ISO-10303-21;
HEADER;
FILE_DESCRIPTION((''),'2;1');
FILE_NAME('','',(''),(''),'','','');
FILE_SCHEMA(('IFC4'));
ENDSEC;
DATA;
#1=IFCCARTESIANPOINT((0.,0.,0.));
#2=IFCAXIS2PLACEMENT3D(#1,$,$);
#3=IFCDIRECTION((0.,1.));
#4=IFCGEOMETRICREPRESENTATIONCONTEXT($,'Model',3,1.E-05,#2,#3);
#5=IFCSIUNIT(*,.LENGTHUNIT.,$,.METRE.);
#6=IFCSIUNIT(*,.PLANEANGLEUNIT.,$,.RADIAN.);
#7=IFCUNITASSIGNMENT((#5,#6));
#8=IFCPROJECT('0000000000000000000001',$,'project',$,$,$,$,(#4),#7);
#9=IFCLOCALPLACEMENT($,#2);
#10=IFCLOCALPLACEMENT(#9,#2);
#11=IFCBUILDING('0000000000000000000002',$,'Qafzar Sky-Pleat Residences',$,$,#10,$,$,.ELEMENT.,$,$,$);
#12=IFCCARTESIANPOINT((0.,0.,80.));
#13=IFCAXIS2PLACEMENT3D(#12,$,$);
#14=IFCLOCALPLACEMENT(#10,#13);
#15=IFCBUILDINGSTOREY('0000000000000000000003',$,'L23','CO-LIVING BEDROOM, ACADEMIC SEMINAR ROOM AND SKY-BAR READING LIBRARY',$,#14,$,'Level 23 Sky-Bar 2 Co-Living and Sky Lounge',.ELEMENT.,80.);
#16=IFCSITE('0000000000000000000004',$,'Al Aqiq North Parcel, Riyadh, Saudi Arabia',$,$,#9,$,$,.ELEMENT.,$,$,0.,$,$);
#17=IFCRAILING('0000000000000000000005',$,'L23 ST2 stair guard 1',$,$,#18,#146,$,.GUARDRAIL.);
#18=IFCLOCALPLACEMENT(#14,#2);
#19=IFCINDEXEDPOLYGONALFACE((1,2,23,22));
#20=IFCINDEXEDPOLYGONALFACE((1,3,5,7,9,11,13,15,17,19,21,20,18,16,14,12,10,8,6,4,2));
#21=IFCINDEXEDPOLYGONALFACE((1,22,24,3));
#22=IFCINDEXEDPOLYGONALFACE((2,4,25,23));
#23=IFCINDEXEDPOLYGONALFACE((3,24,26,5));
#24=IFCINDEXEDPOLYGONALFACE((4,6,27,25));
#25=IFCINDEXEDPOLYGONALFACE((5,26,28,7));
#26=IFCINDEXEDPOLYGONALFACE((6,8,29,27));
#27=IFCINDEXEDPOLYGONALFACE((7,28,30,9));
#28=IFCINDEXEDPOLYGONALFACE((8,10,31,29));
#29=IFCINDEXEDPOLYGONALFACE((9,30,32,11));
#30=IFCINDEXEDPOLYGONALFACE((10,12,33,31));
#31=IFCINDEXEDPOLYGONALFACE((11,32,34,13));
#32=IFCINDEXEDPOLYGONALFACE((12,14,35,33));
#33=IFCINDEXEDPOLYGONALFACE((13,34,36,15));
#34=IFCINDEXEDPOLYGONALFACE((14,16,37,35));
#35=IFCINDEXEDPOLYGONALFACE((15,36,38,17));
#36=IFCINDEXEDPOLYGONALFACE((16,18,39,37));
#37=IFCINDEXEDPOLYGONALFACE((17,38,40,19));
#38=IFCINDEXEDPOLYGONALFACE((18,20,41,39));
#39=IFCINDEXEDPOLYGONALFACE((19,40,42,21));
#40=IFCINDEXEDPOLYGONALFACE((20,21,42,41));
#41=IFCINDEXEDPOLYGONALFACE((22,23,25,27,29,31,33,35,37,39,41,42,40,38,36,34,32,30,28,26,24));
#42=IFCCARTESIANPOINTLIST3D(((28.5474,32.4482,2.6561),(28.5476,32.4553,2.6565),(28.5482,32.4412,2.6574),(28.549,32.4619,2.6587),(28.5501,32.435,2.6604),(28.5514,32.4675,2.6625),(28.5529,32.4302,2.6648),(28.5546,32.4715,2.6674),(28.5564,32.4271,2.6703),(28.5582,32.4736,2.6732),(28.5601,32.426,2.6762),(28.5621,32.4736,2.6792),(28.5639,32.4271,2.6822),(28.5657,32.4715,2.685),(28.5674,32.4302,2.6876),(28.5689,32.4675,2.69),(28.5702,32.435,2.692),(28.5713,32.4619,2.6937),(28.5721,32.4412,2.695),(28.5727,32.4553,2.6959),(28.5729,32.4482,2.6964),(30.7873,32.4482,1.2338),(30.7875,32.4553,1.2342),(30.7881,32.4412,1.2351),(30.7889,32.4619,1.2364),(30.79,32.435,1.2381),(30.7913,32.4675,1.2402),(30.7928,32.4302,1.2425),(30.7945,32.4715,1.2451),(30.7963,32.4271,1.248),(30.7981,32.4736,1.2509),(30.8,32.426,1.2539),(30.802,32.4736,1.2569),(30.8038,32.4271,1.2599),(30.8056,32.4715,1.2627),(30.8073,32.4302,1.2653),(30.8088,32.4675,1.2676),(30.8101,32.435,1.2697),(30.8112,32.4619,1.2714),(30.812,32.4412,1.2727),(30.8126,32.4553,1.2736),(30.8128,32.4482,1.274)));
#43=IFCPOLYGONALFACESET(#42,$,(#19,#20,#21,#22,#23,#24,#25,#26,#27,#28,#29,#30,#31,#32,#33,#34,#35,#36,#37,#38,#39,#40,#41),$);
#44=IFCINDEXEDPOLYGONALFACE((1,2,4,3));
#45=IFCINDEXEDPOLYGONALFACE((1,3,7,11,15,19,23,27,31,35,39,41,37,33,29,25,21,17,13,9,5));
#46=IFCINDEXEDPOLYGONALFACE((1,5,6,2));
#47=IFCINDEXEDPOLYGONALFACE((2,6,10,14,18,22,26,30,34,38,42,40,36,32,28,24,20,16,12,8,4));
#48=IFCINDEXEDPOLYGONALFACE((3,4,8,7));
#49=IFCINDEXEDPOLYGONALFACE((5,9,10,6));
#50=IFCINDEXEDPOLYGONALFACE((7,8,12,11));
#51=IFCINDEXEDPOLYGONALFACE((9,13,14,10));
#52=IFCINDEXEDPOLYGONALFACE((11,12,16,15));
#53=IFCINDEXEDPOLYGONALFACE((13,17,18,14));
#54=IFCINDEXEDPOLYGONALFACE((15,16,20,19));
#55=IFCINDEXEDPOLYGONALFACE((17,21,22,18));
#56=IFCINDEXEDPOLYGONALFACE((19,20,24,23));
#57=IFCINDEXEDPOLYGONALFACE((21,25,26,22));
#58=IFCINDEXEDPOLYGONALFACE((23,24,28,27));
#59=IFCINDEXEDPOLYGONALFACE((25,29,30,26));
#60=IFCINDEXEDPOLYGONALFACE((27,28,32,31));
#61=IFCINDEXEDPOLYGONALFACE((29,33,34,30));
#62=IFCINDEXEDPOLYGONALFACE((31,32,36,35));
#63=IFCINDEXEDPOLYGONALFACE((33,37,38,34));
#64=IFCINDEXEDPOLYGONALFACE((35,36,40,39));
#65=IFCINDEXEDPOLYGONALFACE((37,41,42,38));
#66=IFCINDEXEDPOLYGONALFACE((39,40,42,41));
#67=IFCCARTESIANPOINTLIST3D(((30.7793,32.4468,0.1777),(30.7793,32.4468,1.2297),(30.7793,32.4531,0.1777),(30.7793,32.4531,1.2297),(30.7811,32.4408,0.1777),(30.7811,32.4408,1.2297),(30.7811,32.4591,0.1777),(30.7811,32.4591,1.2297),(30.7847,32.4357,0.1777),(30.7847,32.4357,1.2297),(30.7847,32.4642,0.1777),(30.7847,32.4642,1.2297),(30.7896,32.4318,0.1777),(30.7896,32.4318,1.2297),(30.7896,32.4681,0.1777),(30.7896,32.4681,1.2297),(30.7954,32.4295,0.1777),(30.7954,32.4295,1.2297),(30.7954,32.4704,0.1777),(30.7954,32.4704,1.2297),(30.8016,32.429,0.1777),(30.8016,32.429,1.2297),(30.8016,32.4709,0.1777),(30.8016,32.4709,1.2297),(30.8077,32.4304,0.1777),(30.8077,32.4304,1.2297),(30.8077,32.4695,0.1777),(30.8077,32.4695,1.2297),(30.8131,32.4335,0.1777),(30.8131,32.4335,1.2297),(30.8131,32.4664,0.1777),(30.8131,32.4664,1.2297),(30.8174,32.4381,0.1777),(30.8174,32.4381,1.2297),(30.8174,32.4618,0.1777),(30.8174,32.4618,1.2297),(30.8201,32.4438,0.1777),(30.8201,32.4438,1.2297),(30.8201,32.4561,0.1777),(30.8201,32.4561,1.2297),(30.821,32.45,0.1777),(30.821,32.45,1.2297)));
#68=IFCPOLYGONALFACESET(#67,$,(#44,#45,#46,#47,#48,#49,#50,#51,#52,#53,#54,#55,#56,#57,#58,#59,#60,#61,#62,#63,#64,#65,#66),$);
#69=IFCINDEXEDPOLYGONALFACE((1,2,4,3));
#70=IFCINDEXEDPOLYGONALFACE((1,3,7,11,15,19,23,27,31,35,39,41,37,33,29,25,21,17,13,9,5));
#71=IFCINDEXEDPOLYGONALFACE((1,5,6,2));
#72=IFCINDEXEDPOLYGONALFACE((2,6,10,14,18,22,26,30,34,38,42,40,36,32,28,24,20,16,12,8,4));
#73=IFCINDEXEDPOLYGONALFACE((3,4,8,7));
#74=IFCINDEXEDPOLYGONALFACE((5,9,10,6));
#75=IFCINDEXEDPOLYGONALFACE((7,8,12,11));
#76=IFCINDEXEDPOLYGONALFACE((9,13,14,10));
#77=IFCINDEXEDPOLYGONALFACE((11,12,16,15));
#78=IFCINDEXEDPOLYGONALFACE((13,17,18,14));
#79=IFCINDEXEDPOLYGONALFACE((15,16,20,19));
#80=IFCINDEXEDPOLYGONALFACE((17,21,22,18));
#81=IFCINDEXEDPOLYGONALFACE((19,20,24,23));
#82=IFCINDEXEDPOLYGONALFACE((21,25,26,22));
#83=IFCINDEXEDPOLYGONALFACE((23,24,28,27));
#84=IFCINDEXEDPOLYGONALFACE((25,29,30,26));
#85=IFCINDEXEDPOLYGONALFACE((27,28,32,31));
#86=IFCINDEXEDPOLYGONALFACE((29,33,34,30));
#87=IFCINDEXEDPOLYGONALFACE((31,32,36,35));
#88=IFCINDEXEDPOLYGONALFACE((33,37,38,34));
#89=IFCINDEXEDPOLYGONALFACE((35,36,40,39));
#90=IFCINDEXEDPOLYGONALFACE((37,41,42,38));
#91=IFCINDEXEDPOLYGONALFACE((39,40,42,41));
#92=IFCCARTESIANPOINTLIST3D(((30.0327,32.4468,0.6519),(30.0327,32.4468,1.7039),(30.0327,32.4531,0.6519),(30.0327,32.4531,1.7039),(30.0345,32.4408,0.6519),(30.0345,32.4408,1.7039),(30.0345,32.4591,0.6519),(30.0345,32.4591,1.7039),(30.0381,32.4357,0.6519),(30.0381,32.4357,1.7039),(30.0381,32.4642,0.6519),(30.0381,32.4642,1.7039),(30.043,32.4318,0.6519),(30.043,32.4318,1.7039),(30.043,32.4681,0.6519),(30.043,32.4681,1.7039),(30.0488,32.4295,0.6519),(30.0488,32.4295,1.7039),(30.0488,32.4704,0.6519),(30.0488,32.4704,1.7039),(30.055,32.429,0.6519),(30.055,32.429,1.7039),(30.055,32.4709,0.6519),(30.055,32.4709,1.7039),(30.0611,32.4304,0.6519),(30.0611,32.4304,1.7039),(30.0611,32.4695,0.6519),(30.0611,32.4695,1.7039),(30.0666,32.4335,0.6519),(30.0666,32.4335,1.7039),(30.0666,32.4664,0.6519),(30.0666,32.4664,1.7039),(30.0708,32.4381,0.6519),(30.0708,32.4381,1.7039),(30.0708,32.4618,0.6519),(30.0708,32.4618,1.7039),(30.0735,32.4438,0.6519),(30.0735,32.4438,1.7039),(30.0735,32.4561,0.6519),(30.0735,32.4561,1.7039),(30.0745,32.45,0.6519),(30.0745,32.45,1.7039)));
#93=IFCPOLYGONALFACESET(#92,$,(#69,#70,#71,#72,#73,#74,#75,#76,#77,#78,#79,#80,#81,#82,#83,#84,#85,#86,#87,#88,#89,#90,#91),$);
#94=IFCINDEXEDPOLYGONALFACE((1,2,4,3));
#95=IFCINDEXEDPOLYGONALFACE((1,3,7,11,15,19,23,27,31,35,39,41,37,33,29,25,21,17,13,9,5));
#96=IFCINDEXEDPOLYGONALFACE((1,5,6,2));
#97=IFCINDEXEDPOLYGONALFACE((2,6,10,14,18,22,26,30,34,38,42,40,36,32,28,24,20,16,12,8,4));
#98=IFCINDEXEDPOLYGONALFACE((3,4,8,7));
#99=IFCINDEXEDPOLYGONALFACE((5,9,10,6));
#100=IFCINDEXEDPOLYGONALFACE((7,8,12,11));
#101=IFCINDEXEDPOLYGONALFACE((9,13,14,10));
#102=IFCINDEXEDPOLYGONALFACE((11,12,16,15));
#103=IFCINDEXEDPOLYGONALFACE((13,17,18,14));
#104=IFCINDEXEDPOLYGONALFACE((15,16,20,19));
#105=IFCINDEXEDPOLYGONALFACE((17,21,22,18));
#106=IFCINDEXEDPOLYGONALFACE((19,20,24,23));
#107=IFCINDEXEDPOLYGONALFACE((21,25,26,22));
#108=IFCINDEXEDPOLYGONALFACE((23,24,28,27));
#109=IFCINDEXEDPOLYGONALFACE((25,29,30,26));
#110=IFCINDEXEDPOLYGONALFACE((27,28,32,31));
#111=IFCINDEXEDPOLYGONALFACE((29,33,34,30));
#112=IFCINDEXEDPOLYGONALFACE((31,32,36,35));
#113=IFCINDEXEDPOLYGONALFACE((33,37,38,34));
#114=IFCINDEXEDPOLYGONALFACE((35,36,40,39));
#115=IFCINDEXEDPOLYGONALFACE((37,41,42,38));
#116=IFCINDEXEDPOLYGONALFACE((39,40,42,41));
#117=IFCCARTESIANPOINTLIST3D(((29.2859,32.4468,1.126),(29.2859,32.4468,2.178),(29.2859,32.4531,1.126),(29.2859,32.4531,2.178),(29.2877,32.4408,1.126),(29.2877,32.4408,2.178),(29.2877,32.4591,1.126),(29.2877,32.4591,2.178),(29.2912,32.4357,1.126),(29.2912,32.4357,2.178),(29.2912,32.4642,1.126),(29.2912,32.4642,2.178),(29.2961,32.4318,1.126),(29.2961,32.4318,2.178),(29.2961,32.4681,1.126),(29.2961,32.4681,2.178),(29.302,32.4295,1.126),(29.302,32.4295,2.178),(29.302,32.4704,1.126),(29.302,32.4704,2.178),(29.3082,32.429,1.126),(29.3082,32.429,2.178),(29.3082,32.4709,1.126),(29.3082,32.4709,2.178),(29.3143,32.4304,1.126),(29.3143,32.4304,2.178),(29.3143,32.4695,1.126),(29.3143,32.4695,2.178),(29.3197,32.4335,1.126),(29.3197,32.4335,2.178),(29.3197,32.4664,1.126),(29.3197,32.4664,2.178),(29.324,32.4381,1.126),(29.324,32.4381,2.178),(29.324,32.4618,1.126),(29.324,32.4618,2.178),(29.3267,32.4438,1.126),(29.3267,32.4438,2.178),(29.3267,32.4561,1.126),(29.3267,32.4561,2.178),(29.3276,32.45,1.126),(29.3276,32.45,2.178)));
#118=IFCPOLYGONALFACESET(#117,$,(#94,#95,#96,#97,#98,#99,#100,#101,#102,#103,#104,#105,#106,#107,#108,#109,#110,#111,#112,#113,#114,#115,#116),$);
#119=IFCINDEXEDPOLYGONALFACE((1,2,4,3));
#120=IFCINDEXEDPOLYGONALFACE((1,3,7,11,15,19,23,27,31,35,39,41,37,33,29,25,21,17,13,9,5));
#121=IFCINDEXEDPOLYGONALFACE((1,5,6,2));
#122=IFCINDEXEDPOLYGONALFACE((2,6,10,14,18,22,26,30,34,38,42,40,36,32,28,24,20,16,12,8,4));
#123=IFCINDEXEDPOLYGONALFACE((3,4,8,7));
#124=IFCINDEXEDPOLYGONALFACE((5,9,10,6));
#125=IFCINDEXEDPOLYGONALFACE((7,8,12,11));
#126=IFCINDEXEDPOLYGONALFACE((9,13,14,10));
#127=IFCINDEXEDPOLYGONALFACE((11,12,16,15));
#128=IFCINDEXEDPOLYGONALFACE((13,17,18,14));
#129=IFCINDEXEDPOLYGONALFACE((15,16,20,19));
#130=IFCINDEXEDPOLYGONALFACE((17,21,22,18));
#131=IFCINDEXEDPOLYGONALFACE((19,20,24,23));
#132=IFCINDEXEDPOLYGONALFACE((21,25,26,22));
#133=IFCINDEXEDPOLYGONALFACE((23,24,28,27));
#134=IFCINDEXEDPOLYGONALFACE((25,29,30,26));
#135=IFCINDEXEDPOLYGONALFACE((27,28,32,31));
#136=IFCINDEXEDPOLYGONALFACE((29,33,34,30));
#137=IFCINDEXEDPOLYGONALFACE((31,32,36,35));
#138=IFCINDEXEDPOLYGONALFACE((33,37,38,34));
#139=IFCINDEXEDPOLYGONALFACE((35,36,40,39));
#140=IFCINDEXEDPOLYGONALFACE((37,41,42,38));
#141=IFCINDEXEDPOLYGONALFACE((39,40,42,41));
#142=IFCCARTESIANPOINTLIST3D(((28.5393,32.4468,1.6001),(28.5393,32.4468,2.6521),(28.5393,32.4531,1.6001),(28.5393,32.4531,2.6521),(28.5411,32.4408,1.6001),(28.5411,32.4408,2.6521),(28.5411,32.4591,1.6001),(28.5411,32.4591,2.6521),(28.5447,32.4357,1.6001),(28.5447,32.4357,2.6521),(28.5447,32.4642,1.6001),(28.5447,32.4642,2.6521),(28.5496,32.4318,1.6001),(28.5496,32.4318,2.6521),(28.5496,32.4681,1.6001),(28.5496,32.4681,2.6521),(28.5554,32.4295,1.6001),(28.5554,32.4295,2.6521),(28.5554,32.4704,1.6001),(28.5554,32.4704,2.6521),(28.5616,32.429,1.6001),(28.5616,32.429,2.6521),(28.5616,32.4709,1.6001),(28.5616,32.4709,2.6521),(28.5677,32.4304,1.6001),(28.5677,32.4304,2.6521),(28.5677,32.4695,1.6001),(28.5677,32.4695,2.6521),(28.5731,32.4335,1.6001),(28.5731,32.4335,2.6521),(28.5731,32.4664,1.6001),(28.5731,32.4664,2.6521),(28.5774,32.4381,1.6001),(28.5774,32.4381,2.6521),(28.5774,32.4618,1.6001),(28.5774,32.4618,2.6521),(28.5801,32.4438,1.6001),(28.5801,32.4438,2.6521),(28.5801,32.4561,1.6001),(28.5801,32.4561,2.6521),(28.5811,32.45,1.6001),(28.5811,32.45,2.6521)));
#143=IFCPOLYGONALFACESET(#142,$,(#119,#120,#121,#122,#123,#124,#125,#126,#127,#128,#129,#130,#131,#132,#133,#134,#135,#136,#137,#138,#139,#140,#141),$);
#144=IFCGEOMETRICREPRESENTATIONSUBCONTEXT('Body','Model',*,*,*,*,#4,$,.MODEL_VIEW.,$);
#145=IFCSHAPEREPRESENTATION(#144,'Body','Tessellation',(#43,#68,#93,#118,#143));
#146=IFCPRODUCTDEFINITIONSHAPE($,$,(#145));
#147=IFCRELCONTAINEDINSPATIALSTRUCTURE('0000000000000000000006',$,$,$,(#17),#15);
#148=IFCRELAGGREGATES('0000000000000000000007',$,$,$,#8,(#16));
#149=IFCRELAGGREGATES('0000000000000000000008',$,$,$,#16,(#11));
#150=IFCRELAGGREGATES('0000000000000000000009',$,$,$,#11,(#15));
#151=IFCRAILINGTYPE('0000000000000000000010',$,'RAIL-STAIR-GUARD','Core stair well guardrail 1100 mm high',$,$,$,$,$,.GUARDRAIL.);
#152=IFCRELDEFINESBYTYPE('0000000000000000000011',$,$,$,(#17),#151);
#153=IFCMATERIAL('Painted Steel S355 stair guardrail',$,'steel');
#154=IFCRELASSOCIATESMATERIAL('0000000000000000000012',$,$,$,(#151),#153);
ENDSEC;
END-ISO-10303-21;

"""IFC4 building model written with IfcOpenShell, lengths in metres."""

from ifc_helpers import new_model, si_unit, direction, frame, origin, origin_2d, place, context, subcontext, project, spatial, circle, extrude, source, transform, mapped, material, type_object, element, save


model = new_model("IFC4")

# Units and contexts
model_context = context("Model", 3, precision=1e-05, world=origin(), true_north=direction((0.0, 1.0)))
body_context = subcontext(model_context, "Body", "Model", "MODEL_VIEW")
ifc_project = project(units=[si_unit("LENGTHUNIT", "METRE"), si_unit("PLANEANGLEUNIT", "RADIAN")], contexts=[model_context])

# Site, building, storey
site_placement = place(None, origin())
site = spatial("IfcSite", under=ifc_project, at=site_placement, Name="Al Aqiq North Parcel, Riyadh, Saudi Arabia", CompositionType="ELEMENT", RefElevation=0.0)
building_placement = place(site_placement, origin())
building = spatial("IfcBuilding", under=site, at=building_placement, Name="Qafzar Sky-Pleat Residences", CompositionType="ELEMENT")
storey_placement = place(building_placement, frame((0.0, 0.0, 80.0)))
storey = spatial("IfcBuildingStorey", under=building, at=storey_placement, Name="L23", Description="CO-LIVING BEDROOM, ACADEMIC SEMINAR ROOM AND SKY-BAR READING LIBRARY", LongName="Level 23 Sky-Bar 2 Co-Living and Sky Lounge", CompositionType="ELEMENT", Elevation=80.0)

# Railing
ifc_material_1 = material(Name="Painted Steel S355 stair guardrail", Category="steel")
railing_type_1 = type_object("IfcRailingType", Name="RAIL-STAIR-GUARD", Description="Core stair well guardrail 1100 mm high", PredefinedType="GUARDRAIL", material=ifc_material_1)
shared_shape_1 = source(origin(), body_context, "Body", "SweptSolid", [
    extrude(circle(Radius=0.0239, at=origin_2d()), frame((0.0, 0.0, 1.0762), z_axis=(-0.844188, 0.0, 0.536048), x_axis=(0.0, -1.0, 0.0)), (0.0, 0.0, 1.0), 2.6533),
    extrude(circle(Radius=0.021, at=origin_2d()), origin(), (0.0, 0.0, 1.0), 1.052),
    extrude(circle(Radius=0.021, at=origin_2d()), frame((-0.7466, 0.0, 0.4741)), (0.0, 0.0, 1.0), 1.052),
    extrude(circle(Radius=0.021, at=origin_2d()), frame((-1.4934, 0.0, 0.9482)), (0.0, 0.0, 1.0), 1.052),
    extrude(circle(Radius=0.021, at=origin_2d()), frame((-2.24, 0.0, 1.4224)), (0.0, 0.0, 1.0), 1.052),
])
railing_1_placement = place(storey_placement, frame((30.8, 32.45, 0.1777)))
element("IfcRailing", 1, at=railing_1_placement, inside=storey, type_object=railing_type_1, Name="L23 ST2 stair guard 1", PredefinedType="GUARDRAIL", context=body_context, shape_type="MappedRepresentation", body=[
    mapped(shared_shape_1, transform((0.0, 0.0, 0.0), x_axis=(1.0, 0.0, 0.0), y_axis=(0.0, 1.0, 0.0), z_axis=(0.0, 0.0, 1.0), scale=1.0)),
])

save(model, "model.ifc")
